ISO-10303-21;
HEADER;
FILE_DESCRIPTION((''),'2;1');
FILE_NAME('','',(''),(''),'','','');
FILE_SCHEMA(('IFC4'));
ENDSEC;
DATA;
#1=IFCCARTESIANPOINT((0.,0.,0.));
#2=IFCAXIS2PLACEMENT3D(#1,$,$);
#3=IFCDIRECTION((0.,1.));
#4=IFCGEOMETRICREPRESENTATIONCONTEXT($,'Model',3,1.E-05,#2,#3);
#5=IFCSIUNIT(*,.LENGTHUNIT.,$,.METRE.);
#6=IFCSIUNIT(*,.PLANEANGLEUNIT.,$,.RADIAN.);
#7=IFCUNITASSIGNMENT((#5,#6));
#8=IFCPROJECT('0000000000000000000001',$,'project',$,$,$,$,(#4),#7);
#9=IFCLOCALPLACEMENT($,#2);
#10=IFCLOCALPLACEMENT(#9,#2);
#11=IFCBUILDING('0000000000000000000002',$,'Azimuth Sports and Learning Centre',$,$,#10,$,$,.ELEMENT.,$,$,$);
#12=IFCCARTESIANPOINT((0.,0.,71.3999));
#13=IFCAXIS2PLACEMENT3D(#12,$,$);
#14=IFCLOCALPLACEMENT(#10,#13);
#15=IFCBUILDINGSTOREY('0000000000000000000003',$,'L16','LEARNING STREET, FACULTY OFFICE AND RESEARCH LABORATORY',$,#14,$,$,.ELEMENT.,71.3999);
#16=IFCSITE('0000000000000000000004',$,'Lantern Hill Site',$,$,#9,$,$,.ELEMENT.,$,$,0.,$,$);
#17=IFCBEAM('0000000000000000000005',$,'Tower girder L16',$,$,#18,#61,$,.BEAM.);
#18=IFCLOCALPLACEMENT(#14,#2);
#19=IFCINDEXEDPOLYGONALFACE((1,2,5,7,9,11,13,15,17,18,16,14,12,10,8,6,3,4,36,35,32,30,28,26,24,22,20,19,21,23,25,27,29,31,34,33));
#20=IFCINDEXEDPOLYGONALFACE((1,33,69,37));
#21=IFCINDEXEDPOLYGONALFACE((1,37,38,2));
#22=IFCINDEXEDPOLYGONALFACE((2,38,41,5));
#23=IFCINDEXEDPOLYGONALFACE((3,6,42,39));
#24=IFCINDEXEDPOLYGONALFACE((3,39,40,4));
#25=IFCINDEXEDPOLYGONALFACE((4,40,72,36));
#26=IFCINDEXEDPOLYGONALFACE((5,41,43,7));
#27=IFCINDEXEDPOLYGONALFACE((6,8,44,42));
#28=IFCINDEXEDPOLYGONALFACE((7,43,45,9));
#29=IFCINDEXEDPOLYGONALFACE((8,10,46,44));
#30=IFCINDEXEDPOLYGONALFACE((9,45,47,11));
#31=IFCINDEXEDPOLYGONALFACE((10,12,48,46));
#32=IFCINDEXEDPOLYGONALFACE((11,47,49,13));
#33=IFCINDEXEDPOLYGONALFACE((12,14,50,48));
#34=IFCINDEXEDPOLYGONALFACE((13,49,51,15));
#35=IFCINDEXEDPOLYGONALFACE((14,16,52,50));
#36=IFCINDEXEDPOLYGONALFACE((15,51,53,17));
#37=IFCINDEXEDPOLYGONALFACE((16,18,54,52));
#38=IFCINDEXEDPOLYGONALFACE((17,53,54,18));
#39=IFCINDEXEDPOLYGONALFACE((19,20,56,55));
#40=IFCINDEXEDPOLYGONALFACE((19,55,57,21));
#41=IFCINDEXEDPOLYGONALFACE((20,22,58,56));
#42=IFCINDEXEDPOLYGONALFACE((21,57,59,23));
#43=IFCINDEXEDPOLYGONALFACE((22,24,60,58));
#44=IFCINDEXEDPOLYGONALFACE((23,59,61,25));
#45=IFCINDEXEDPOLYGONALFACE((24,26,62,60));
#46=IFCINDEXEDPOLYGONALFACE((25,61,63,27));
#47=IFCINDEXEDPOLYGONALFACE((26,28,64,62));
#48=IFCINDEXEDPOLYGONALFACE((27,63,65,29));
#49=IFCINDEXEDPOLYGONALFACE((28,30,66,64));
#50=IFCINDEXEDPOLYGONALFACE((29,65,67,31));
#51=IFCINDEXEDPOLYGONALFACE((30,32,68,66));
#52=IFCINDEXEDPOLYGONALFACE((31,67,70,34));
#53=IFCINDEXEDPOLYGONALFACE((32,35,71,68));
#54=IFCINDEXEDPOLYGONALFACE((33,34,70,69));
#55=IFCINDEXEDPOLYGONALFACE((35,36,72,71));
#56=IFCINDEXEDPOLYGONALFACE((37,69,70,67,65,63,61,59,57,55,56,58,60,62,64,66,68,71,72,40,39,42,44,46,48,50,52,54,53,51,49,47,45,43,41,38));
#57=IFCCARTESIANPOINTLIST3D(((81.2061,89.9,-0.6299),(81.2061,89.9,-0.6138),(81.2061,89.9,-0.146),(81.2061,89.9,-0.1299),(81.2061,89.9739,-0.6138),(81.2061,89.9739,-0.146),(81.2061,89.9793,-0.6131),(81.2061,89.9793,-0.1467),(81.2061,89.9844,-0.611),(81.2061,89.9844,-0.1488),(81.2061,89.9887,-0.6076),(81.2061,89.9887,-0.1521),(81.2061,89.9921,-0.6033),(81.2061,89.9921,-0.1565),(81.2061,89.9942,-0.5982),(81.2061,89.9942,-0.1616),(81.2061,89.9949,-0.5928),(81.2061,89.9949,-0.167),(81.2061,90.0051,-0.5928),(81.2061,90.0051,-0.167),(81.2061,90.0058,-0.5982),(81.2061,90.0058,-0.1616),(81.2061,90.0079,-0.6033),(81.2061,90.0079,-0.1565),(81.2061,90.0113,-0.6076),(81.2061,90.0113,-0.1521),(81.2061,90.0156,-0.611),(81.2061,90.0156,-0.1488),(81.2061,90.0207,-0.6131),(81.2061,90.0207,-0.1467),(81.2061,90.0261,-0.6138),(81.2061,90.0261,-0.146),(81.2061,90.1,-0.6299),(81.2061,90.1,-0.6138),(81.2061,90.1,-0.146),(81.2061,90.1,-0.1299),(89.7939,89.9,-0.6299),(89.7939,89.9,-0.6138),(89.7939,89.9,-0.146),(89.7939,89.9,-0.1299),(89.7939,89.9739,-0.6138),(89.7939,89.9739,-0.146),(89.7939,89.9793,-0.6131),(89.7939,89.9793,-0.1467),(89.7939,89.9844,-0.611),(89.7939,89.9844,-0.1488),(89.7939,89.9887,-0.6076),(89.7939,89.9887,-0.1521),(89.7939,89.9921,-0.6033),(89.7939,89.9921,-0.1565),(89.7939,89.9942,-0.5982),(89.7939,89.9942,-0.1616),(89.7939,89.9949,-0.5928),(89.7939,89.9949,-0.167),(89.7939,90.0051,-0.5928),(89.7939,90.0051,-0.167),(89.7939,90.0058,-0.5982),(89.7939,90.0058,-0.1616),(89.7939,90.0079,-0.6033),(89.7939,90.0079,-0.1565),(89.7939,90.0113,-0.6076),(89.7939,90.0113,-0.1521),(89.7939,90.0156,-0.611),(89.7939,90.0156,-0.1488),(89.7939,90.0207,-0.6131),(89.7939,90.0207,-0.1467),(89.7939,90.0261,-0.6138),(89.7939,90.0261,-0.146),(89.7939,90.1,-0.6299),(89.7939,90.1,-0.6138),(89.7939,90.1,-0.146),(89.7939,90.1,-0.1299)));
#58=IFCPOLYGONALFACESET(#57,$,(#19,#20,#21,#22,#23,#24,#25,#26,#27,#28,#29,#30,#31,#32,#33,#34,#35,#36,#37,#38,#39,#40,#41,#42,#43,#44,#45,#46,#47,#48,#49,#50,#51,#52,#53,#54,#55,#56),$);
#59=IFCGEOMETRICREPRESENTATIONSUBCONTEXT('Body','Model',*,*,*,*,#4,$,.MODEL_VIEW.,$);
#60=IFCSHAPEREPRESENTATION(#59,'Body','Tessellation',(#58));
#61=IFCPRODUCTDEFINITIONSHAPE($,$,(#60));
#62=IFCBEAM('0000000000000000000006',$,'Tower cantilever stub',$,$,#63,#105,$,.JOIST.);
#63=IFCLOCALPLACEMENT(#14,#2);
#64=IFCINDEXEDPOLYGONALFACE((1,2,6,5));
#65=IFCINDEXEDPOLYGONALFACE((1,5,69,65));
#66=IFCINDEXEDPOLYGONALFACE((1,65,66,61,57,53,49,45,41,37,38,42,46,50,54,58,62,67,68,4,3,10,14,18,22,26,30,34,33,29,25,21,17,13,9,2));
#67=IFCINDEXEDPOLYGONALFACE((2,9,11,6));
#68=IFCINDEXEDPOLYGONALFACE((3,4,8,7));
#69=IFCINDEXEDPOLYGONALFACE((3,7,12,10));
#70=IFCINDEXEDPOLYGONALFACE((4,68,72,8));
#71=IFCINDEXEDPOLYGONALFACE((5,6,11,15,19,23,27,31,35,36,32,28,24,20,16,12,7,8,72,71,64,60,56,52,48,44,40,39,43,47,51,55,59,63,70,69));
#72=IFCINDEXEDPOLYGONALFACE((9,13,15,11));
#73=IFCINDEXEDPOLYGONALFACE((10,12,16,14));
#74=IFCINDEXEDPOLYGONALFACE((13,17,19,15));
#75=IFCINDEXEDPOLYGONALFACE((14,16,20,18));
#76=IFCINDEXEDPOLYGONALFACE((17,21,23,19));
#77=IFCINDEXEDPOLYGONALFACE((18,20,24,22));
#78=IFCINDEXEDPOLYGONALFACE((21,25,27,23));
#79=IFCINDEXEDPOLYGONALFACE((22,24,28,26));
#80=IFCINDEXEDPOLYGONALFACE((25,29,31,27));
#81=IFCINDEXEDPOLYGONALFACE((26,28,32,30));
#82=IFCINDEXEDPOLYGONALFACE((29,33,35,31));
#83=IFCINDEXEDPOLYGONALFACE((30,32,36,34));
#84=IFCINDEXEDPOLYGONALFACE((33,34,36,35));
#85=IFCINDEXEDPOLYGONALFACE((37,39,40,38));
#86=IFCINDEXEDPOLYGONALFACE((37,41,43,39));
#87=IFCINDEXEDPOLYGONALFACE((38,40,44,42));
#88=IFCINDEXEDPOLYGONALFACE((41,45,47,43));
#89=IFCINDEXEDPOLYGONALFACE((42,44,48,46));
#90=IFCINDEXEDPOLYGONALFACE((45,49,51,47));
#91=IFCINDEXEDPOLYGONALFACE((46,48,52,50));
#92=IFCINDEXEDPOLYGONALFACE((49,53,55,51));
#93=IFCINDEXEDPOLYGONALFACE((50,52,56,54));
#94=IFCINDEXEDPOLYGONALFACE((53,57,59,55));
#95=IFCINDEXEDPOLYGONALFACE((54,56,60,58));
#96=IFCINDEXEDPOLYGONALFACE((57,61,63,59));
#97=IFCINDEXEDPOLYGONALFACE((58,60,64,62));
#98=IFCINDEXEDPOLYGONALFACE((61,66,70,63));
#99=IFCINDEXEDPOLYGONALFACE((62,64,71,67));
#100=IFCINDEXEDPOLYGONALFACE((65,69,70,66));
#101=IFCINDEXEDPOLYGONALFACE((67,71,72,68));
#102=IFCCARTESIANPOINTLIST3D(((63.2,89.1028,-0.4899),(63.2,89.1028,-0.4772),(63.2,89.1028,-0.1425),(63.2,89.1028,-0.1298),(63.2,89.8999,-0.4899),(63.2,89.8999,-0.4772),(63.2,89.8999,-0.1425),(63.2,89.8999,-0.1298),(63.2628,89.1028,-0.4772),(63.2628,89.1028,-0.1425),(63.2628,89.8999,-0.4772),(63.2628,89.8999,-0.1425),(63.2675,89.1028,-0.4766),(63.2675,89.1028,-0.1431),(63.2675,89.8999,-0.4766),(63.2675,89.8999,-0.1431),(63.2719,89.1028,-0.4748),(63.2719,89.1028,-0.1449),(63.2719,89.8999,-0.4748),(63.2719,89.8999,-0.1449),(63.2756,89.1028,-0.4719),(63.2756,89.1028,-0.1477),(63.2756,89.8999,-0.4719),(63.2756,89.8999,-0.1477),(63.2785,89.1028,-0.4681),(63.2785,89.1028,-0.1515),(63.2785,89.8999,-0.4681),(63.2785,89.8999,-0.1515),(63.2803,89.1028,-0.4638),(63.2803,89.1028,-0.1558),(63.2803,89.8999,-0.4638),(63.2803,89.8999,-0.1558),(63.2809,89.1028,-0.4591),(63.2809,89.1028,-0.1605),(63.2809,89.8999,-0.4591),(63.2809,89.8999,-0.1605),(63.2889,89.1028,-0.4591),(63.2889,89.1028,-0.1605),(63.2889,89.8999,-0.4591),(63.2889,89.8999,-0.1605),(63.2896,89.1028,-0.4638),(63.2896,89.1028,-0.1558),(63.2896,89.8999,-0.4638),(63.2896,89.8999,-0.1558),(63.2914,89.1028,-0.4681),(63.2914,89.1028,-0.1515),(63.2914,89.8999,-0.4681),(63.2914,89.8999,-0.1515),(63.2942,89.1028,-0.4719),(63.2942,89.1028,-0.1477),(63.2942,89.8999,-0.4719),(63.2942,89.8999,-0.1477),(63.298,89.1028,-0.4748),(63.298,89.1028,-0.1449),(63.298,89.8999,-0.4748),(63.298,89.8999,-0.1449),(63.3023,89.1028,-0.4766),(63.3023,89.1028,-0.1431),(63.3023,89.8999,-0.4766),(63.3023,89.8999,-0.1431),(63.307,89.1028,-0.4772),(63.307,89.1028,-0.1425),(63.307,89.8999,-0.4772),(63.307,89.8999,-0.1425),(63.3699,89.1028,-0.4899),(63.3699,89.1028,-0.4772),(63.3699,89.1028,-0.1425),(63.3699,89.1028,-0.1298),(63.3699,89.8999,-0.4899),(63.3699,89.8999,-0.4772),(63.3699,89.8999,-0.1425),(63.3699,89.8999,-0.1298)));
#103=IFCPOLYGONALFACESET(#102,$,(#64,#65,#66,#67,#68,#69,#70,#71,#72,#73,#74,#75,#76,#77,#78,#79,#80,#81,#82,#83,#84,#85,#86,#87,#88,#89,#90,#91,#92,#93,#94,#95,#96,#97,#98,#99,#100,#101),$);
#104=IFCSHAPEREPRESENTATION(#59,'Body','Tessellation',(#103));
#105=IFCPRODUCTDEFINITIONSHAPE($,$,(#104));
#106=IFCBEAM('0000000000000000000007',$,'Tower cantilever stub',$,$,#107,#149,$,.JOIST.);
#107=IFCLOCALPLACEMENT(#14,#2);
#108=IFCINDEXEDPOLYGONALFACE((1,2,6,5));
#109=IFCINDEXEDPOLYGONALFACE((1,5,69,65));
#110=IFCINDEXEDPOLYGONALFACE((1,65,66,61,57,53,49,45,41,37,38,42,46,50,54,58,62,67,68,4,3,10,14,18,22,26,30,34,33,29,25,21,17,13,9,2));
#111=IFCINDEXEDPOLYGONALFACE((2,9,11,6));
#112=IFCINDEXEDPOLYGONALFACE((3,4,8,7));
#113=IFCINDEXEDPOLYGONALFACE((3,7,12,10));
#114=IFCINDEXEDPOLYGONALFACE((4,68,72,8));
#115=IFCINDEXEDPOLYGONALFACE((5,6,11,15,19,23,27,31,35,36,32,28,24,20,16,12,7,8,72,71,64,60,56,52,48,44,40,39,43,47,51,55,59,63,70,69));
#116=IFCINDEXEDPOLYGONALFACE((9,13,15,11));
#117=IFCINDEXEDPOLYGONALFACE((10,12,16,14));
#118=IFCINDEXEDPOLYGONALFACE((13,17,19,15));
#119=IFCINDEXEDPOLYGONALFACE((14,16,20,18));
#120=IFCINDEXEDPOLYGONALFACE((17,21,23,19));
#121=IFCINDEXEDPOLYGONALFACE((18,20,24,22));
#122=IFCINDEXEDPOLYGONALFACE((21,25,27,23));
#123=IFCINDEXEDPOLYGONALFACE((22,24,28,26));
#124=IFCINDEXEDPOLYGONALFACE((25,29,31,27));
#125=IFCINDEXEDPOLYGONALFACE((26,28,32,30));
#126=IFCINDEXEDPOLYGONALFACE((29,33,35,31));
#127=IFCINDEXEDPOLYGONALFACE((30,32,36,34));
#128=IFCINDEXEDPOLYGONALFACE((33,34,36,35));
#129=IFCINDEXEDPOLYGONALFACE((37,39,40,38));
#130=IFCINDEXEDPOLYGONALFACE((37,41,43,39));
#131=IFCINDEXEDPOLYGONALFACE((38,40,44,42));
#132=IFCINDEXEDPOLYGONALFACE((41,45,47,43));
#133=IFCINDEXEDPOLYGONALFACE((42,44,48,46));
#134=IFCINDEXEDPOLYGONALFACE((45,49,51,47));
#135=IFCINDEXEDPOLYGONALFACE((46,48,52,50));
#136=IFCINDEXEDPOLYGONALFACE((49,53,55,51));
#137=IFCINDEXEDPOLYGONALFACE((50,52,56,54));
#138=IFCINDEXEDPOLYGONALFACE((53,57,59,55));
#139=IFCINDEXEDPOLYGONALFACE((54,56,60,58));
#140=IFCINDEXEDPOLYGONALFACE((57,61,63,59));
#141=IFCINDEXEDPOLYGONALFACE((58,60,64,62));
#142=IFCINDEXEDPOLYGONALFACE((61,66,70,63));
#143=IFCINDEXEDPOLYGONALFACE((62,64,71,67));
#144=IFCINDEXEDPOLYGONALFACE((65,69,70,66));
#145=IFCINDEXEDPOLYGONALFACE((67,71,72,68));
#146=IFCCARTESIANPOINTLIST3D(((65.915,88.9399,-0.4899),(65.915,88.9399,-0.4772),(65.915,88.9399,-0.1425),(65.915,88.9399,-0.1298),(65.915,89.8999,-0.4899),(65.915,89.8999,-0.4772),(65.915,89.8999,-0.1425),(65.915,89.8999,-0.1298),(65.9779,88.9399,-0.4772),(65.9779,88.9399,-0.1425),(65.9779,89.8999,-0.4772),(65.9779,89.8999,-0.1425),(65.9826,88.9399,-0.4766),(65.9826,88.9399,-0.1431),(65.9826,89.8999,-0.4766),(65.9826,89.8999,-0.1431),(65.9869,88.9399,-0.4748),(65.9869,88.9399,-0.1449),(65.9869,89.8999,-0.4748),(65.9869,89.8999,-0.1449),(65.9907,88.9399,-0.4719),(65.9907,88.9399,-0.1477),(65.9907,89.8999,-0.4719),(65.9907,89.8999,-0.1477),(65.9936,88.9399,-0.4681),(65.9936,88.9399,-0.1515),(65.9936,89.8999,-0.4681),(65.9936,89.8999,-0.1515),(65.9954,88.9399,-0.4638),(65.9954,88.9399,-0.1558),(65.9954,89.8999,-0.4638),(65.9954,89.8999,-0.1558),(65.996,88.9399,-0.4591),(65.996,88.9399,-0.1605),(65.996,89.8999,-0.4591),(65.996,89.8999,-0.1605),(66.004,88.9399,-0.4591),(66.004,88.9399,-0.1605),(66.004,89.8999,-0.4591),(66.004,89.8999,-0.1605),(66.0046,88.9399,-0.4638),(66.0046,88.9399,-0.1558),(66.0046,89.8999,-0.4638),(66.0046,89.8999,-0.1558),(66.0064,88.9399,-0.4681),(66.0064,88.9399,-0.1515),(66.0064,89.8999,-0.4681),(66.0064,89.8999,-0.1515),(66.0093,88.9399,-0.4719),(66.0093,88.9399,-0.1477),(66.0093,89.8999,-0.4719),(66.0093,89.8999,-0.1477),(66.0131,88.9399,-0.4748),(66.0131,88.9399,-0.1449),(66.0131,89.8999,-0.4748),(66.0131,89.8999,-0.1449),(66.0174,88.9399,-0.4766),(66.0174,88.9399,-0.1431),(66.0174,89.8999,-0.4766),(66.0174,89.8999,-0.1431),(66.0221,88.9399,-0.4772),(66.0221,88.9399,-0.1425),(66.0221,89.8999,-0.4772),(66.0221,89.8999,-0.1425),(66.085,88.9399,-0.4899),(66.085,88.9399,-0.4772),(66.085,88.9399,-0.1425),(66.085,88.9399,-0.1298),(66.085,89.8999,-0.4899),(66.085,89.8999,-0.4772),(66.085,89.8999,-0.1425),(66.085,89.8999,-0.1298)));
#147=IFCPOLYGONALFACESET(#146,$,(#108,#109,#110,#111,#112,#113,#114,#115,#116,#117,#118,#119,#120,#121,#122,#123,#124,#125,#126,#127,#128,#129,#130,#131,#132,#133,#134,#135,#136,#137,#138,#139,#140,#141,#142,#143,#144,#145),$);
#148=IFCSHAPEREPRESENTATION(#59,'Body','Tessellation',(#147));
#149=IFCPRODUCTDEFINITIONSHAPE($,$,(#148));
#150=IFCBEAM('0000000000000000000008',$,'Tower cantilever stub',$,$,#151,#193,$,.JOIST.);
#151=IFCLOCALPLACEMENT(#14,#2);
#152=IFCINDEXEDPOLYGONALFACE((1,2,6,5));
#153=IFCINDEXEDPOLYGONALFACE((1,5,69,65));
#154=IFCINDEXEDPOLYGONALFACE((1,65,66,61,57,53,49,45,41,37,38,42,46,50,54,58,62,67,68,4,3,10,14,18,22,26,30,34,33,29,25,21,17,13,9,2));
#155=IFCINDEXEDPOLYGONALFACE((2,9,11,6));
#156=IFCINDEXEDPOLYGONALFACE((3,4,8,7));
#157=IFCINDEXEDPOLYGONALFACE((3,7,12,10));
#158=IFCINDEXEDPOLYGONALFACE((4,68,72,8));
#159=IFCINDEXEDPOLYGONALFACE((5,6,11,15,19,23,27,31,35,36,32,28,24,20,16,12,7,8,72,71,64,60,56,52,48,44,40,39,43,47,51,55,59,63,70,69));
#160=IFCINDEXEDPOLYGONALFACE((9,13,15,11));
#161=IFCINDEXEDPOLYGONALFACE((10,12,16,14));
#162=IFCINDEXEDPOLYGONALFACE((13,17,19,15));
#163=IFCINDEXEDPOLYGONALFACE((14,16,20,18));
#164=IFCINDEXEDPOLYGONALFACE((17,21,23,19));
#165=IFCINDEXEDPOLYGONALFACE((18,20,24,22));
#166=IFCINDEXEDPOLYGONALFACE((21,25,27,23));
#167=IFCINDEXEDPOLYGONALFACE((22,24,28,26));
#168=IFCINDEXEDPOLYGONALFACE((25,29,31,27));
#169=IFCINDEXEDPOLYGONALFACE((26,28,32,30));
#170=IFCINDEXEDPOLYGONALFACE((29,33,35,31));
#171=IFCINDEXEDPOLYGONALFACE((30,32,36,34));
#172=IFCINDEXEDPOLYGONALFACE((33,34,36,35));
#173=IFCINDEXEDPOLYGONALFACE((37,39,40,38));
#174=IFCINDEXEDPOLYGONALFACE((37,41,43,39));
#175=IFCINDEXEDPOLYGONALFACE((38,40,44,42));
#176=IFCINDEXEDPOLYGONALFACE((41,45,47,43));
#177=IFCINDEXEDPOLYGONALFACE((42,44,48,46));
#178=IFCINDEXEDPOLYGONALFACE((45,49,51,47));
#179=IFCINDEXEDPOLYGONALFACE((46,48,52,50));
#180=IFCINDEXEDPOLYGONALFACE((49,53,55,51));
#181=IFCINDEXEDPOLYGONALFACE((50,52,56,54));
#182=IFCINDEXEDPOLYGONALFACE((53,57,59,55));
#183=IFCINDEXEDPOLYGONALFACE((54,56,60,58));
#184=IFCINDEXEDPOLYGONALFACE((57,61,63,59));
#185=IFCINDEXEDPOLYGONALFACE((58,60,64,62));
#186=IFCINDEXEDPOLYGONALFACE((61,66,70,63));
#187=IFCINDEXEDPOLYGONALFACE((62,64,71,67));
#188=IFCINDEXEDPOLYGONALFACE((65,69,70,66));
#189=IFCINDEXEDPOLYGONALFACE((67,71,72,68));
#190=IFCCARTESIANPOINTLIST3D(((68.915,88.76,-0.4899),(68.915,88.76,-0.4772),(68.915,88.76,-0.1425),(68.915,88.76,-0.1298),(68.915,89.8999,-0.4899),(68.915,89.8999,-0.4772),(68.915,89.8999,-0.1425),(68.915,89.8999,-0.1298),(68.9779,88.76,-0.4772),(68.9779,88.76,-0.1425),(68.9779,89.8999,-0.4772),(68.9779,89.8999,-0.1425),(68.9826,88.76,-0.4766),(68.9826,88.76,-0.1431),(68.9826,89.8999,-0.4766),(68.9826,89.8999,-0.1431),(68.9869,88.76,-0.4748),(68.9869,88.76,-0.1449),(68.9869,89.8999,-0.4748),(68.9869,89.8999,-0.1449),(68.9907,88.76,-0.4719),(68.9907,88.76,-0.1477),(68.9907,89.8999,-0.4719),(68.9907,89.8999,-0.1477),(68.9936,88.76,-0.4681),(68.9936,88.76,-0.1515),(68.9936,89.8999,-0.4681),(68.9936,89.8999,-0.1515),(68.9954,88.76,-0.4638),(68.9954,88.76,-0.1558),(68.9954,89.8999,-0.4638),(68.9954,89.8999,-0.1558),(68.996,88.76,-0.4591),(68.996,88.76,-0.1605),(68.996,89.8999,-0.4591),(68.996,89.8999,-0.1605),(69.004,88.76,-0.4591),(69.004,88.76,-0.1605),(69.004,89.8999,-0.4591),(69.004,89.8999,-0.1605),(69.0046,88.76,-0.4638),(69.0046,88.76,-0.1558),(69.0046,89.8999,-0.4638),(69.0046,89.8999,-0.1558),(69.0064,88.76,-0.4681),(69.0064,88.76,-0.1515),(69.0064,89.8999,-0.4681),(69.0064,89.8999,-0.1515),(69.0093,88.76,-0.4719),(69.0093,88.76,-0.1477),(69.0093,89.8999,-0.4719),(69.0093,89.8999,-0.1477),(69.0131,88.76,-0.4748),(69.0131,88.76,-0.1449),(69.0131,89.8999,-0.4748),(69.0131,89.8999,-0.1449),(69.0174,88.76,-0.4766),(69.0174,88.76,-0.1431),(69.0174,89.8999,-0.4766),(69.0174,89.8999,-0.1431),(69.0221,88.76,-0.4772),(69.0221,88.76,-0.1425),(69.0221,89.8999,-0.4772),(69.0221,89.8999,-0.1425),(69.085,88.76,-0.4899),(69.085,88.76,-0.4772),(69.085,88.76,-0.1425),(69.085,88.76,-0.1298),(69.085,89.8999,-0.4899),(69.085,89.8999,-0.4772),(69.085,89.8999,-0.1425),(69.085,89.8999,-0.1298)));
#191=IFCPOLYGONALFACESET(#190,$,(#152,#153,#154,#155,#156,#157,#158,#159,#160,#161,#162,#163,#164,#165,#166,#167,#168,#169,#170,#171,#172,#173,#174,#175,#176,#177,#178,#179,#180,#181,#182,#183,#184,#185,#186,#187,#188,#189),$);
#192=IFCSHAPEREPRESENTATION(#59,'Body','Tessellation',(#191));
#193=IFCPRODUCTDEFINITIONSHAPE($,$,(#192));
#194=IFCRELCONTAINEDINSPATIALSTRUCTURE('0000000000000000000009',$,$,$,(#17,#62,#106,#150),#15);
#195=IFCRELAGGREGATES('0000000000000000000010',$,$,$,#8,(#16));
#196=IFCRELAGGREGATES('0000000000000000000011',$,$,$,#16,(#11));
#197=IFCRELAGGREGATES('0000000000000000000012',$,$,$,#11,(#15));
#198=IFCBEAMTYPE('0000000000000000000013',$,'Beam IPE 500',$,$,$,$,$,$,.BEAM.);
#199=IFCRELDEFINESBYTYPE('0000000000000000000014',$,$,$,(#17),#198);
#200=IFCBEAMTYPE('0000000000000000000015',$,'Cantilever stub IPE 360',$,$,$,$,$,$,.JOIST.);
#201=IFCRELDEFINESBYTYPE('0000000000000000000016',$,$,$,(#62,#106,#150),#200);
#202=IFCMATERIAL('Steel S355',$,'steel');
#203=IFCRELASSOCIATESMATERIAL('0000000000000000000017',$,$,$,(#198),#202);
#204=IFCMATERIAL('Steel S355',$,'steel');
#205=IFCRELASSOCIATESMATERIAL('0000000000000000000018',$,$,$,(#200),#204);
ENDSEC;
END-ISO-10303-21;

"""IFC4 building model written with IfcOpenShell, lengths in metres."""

from ifc_helpers import new_model, si_unit, direction, frame, origin, origin_2d, place, context, subcontext, project, spatial, i_section, extrude, material, material_profile, profile_set, type_object, element, save


model = new_model("IFC4")

# Units and contexts
model_context = context("Model", 3, precision=1e-05, world=origin(), true_north=direction((0.0, 1.0)))
body_context = subcontext(model_context, "Body", "Model", "MODEL_VIEW")
ifc_project = project(units=[si_unit("LENGTHUNIT", "METRE"), si_unit("PLANEANGLEUNIT", "RADIAN")], contexts=[model_context])

# Site, building, storey
site_placement = place(None, origin())
site = spatial("IfcSite", under=ifc_project, at=site_placement, Name="Lantern Hill Site", CompositionType="ELEMENT", RefElevation=0.0)
building_placement = place(site_placement, origin())
building = spatial("IfcBuilding", under=site, at=building_placement, Name="Azimuth Sports and Learning Centre", CompositionType="ELEMENT")
storey_placement = place(building_placement, frame((0.0, 0.0, 71.3999)))
storey = spatial("IfcBuildingStorey", under=building, at=storey_placement, Name="L16", Description="LEARNING STREET, FACULTY OFFICE AND RESEARCH LABORATORY", CompositionType="ELEMENT", Elevation=71.3999)

# Beams
ifc_material_1 = material(Name="Steel S355", Category="steel")
ifc_material_profile_1 = material_profile(ifc_material_1, i_section(OverallWidth=0.2, OverallDepth=0.5, WebThickness=0.0103, FlangeThickness=0.0161, FilletRadius=0.021, at=origin_2d()), Name="IPE 500")
ifc_profile_set_1 = profile_set([ifc_material_profile_1], Name="Steel S355")
beam_type_1 = type_object("IfcBeamType", Name="Beam IPE 500", PredefinedType="BEAM", material=ifc_profile_set_1)
for number, where, z_axis, x_axis, name in (
    (1, (81.2061, 90.0, -0.3799), (1.0, 0.0, 0.0), (0.0, 1.0, 0.0), "Tower girder L16"),
):
    element("IfcBeam", number, at=place(storey_placement, frame(where, z_axis=z_axis, x_axis=x_axis)), inside=storey, type_object=beam_type_1, Name=name, PredefinedType="BEAM", context=body_context, shape_type="SweptSolid", body=[
        extrude(i_section(OverallWidth=0.2, OverallDepth=0.5, WebThickness=0.0103, FlangeThickness=0.0161, FilletRadius=0.021, at=origin_2d()), origin(), (0.0, 0.0, 1.0), 8.5879),
    ])
ifc_material_2 = material(Name="Steel S355", Category="steel")
ifc_material_profile_2 = material_profile(ifc_material_2, i_section(OverallWidth=0.1699, OverallDepth=0.3601, WebThickness=0.0081, FlangeThickness=0.0127, FilletRadius=0.0181, at=origin_2d()), Name="IPE 360")
ifc_profile_set_2 = profile_set([ifc_material_profile_2], Name="Steel S355")
beam_type_2 = type_object("IfcBeamType", Name="Cantilever stub IPE 360", PredefinedType="JOIST", material=ifc_profile_set_2)
beam_1_placement = place(storey_placement, frame((63.2849, 89.8999, -0.3098), z_axis=(0.0, -1.0, 0.0), x_axis=(1.0, 0.0, 0.0)))
element("IfcBeam", 2, at=beam_1_placement, inside=storey, type_object=beam_type_2, Name="Tower cantilever stub", PredefinedType="JOIST", context=body_context, shape_type="SweptSolid", body=[
    extrude(i_section(OverallWidth=0.1699, OverallDepth=0.3601, WebThickness=0.0081, FlangeThickness=0.0127, FilletRadius=0.0181, at=origin_2d()), origin(), (0.0, 0.0, 1.0), 0.7971),
])
beam_2_placement = place(storey_placement, frame((66.0, 89.8999, -0.3098), z_axis=(0.0, -1.0, 0.0), x_axis=(1.0, 0.0, 0.0)))
element("IfcBeam", 3, at=beam_2_placement, inside=storey, type_object=beam_type_2, Name="Tower cantilever stub", PredefinedType="JOIST", context=body_context, shape_type="SweptSolid", body=[
    extrude(i_section(OverallWidth=0.1699, OverallDepth=0.3601, WebThickness=0.0081, FlangeThickness=0.0127, FilletRadius=0.0181, at=origin_2d()), origin(), (0.0, 0.0, 1.0), 0.96),
])
beam_3_placement = place(storey_placement, frame((69.0, 89.8999, -0.3098), z_axis=(0.0, -1.0, 0.0), x_axis=(1.0, 0.0, 0.0)))
element("IfcBeam", 4, at=beam_3_placement, inside=storey, type_object=beam_type_2, Name="Tower cantilever stub", PredefinedType="JOIST", context=body_context, shape_type="SweptSolid", body=[
    extrude(i_section(OverallWidth=0.1699, OverallDepth=0.3601, WebThickness=0.0081, FlangeThickness=0.0127, FilletRadius=0.0181, at=origin_2d()), origin(), (0.0, 0.0, 1.0), 1.1399),
])

save(model, "model.ifc")
